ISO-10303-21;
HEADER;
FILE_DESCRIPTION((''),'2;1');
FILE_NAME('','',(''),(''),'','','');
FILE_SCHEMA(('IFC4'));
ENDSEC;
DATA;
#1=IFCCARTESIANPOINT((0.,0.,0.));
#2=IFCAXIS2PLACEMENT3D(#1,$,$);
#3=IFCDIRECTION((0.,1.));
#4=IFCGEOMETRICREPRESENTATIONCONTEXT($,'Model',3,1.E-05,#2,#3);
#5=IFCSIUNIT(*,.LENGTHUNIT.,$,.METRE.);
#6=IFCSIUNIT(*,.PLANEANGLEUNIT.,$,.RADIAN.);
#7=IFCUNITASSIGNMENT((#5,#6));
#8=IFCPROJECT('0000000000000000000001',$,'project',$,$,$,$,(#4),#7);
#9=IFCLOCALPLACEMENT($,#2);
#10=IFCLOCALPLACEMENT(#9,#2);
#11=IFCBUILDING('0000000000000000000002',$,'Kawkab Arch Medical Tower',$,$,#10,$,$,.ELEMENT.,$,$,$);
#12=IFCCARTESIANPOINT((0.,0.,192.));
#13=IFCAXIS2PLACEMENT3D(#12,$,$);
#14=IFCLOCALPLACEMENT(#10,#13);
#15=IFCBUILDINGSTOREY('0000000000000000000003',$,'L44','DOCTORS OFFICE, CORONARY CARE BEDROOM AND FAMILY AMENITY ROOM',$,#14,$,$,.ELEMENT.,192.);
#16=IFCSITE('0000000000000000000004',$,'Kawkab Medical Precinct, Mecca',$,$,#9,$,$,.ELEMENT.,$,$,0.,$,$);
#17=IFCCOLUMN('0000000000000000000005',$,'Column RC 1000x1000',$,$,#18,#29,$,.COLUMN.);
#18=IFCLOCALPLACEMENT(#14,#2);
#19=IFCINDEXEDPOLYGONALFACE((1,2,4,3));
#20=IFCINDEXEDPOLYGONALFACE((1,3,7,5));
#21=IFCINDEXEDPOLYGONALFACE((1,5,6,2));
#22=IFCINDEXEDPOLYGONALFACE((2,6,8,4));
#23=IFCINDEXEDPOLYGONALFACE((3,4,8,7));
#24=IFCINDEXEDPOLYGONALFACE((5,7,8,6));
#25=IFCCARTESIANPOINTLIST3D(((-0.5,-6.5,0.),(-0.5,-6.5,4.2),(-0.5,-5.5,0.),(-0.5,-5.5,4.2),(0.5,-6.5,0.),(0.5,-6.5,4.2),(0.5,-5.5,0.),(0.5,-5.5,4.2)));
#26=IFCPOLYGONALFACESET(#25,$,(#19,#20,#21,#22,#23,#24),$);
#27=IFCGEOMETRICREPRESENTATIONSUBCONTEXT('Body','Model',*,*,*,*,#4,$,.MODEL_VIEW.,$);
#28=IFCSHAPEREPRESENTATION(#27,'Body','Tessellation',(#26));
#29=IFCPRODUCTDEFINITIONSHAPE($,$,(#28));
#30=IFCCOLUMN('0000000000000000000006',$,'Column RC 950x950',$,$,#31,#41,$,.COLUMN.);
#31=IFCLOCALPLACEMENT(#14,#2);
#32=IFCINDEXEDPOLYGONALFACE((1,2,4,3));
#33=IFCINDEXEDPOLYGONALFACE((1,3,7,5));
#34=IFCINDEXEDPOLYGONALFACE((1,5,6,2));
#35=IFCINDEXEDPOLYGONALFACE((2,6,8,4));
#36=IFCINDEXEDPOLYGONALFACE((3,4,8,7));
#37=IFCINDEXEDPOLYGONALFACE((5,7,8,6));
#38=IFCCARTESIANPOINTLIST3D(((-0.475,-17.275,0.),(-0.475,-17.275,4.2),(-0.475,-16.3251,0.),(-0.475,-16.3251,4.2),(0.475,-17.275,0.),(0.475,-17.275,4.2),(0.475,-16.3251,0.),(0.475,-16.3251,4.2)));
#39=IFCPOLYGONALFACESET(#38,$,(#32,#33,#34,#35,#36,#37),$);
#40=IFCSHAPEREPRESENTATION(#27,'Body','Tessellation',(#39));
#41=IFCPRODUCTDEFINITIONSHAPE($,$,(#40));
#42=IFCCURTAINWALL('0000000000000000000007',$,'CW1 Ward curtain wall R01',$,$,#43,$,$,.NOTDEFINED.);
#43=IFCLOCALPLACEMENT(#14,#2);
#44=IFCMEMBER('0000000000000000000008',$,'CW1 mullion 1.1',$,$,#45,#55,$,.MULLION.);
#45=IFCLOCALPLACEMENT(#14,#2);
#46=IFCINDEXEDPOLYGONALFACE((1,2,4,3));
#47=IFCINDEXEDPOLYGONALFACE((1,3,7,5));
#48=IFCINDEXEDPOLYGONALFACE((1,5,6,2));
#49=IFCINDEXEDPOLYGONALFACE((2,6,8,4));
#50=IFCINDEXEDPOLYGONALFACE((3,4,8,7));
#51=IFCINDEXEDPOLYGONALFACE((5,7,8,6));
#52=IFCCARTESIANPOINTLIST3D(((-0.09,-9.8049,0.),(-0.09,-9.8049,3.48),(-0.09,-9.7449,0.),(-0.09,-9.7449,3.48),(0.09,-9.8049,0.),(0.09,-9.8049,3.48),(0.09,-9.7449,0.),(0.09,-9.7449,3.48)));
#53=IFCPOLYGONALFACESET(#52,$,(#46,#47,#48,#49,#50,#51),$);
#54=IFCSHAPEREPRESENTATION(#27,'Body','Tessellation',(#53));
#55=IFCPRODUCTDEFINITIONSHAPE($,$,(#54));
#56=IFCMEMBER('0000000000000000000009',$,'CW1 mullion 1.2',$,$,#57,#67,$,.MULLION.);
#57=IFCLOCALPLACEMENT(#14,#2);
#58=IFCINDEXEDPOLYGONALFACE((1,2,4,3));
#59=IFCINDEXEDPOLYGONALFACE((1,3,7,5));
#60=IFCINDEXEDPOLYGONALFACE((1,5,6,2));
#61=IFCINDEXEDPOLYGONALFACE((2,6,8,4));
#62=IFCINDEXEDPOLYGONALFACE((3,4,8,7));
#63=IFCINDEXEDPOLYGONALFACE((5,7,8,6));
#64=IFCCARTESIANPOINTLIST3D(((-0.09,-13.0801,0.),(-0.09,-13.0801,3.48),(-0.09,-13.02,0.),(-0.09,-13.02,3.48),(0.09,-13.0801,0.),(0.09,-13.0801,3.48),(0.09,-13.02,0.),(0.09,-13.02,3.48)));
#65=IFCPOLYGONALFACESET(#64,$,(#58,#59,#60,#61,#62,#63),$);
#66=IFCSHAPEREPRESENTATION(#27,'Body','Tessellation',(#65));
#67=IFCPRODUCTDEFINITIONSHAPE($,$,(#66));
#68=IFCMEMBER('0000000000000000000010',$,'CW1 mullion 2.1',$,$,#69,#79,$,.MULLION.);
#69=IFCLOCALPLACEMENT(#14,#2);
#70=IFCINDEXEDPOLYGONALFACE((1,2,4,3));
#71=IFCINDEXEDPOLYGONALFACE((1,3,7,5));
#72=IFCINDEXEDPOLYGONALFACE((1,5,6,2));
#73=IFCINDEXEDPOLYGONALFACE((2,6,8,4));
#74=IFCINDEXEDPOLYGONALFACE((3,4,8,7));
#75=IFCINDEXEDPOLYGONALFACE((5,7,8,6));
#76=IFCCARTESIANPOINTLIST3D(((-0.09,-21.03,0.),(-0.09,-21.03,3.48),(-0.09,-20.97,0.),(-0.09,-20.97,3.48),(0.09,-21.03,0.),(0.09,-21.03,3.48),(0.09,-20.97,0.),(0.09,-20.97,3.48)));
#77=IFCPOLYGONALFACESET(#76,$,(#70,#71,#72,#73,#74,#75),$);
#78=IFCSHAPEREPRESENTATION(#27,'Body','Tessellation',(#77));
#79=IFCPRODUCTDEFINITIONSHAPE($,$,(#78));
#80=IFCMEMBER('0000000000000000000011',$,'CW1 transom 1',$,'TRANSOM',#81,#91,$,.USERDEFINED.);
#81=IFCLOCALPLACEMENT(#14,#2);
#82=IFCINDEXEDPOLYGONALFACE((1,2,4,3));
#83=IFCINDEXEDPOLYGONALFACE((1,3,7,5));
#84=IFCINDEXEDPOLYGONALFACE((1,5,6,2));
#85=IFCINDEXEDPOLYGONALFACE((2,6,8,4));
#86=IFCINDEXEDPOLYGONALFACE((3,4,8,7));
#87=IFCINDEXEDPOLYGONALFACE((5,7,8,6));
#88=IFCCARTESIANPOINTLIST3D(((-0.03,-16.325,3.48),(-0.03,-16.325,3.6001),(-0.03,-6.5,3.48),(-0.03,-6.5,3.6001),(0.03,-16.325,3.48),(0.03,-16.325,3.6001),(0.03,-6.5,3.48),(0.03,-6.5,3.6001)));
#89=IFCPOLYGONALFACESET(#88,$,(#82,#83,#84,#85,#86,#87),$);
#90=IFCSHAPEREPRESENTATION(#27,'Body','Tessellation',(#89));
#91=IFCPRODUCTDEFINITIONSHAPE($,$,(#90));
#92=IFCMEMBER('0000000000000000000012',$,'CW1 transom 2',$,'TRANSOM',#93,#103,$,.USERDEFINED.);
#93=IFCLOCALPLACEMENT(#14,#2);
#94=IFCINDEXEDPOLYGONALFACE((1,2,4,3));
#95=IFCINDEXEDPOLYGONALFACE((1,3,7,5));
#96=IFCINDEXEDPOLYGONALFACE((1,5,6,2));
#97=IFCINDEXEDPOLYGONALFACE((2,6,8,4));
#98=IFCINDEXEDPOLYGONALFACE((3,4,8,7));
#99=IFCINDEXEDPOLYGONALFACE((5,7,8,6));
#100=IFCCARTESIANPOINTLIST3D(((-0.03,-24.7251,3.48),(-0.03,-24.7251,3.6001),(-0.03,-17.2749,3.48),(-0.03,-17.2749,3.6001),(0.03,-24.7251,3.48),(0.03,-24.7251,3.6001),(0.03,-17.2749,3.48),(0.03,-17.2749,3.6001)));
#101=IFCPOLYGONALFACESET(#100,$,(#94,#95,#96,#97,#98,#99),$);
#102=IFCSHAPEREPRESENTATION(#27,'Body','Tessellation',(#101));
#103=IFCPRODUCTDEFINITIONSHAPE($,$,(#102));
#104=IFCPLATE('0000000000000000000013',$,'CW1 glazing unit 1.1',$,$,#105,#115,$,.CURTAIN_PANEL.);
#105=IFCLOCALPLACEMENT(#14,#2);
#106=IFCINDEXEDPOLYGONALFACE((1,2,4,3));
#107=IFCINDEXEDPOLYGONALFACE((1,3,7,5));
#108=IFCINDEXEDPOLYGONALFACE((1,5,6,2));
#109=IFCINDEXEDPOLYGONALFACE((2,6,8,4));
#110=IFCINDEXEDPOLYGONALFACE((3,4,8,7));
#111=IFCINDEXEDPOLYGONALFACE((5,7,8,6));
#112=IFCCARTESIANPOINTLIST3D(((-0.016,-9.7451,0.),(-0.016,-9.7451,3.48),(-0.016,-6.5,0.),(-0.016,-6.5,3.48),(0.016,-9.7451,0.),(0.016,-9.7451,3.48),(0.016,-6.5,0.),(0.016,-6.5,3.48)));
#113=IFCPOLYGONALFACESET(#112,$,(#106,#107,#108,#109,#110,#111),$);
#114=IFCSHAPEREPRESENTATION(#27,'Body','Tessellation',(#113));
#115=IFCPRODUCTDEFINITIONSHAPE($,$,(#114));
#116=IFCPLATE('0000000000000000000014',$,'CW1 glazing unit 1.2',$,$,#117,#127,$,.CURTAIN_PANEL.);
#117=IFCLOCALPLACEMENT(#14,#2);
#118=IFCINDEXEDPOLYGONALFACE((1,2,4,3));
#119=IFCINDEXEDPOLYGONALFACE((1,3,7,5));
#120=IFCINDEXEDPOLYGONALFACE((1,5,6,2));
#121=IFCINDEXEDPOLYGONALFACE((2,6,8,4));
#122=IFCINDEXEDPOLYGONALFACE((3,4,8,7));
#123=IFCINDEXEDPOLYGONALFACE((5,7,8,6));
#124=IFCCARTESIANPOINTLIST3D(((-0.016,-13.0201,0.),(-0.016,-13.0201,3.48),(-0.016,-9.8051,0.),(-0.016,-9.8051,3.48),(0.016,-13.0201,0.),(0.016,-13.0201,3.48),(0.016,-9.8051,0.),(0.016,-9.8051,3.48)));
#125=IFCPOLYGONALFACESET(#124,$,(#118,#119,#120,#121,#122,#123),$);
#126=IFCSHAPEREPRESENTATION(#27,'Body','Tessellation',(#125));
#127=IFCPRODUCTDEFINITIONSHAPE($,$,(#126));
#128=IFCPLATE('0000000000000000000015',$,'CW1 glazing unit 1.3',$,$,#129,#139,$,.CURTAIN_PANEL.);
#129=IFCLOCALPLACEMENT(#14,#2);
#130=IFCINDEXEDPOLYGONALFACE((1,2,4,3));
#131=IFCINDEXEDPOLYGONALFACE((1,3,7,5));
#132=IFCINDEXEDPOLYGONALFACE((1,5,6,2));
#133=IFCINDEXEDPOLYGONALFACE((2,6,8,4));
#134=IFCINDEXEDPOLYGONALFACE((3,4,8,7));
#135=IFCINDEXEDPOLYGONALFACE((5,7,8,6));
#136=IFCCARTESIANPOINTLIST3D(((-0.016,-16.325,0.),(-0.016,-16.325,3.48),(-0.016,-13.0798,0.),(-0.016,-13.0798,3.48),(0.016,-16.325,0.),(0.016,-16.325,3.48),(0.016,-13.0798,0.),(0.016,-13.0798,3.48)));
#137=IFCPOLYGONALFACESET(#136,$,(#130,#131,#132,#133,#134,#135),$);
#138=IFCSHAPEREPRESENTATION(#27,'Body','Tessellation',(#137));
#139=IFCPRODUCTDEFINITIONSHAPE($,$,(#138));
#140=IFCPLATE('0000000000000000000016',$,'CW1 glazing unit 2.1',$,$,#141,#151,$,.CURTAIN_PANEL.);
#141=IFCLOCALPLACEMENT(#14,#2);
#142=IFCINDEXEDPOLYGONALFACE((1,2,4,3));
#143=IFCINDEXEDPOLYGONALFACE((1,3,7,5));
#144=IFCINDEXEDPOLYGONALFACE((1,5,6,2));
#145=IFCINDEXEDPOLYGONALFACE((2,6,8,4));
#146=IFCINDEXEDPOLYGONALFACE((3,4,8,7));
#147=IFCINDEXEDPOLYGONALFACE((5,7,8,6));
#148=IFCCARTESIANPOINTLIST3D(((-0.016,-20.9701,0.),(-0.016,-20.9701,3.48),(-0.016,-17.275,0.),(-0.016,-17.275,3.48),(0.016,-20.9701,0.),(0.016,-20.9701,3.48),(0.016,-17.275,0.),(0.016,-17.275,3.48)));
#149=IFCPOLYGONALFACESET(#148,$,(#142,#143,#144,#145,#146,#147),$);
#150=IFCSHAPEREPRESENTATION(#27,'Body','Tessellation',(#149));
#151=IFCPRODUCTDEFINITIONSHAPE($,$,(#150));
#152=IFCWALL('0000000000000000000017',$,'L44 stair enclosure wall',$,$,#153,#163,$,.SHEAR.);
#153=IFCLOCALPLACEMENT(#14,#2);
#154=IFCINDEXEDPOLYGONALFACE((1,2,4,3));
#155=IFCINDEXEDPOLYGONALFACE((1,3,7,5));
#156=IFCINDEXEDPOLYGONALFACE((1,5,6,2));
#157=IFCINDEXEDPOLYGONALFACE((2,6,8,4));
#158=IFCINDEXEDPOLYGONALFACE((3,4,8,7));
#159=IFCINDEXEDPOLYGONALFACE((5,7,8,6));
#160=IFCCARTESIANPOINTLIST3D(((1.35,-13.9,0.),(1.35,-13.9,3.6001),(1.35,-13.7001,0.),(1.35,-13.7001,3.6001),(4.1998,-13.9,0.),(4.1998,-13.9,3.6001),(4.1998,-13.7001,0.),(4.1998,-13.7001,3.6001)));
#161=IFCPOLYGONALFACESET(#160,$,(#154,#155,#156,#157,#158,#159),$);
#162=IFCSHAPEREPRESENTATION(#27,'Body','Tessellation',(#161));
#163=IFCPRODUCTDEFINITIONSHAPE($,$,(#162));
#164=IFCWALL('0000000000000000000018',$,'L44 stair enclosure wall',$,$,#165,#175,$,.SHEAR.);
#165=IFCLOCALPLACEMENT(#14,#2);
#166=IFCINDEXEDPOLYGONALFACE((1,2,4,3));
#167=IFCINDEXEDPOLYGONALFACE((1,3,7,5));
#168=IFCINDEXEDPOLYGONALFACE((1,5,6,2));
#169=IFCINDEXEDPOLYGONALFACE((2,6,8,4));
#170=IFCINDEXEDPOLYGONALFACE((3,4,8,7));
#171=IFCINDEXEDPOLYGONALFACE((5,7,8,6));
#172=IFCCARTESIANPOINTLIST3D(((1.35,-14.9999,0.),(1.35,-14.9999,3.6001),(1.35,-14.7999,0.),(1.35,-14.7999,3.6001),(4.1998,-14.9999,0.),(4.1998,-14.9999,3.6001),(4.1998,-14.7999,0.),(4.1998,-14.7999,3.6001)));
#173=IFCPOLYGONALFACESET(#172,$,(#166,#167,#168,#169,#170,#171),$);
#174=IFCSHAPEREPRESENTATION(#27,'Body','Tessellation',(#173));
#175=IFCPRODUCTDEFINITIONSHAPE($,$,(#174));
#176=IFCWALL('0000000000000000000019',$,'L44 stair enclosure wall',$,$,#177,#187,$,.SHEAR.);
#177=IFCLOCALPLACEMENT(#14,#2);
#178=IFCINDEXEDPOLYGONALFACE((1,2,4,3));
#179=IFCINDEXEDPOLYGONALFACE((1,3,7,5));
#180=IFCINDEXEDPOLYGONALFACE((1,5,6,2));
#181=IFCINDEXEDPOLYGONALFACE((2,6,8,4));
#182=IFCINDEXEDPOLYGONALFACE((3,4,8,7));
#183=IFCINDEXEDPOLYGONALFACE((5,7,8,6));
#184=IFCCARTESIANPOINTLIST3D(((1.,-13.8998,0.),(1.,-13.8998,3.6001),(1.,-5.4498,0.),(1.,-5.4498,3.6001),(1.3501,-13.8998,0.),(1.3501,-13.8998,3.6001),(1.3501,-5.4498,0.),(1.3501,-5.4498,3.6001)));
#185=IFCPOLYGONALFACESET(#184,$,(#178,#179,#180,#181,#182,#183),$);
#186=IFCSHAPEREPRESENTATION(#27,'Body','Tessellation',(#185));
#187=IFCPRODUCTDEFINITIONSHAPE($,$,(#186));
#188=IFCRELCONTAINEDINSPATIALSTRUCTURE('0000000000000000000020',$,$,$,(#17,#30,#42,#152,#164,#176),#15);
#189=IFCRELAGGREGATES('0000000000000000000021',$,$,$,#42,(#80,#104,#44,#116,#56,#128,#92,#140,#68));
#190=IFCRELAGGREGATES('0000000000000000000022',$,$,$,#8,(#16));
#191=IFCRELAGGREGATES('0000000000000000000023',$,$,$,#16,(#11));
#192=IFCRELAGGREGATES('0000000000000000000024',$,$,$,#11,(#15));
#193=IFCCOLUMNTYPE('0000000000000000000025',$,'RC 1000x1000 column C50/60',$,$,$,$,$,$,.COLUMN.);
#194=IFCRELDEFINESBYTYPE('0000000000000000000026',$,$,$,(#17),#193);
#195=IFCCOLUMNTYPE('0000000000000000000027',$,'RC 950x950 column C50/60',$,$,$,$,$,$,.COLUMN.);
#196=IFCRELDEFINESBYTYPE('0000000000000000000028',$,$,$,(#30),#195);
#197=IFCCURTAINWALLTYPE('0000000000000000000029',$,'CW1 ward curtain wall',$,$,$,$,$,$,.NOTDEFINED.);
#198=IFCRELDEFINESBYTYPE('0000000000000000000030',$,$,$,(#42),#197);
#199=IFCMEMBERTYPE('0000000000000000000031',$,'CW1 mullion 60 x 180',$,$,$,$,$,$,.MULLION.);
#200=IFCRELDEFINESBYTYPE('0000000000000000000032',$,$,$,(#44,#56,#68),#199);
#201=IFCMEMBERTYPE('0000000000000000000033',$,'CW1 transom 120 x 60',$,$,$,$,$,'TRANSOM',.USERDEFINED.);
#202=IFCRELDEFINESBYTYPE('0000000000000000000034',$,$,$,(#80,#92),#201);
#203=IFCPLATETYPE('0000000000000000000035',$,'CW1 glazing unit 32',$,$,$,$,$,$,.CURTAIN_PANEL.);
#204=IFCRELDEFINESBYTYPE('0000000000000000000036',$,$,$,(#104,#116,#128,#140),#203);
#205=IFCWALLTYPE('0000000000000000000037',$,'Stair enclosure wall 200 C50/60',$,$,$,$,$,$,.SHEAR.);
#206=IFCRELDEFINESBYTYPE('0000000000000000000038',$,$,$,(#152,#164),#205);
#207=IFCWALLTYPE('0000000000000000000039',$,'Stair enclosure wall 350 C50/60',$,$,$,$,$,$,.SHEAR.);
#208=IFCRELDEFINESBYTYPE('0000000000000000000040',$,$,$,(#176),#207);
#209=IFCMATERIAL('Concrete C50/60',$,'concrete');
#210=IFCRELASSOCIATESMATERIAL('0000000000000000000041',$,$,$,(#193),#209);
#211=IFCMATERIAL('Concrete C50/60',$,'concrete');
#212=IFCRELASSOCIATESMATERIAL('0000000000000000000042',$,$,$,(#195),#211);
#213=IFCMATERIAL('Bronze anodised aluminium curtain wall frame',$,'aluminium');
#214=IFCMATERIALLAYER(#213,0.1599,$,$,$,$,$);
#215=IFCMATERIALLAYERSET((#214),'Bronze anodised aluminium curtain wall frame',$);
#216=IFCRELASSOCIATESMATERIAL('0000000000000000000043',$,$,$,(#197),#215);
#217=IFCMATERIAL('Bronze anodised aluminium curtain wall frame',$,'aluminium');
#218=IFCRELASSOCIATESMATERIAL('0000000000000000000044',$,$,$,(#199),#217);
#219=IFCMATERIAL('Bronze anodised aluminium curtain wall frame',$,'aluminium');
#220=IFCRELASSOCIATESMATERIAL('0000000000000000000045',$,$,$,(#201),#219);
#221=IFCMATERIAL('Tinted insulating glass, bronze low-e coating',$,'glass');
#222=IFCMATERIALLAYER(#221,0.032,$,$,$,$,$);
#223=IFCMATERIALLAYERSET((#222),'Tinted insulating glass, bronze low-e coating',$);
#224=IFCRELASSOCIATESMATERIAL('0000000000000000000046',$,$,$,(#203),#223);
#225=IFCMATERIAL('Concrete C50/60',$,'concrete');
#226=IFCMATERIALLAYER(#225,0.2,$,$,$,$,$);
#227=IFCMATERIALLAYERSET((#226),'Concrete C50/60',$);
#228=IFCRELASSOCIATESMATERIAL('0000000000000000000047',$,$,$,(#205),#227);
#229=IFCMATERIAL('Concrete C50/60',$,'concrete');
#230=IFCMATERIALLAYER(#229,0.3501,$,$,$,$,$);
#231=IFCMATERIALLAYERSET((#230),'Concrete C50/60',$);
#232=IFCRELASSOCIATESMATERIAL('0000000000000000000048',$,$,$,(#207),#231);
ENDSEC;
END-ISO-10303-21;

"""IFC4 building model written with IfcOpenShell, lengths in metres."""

from ifc_helpers import new_model, si_unit, direction, frame, frame_2d, origin, origin_2d, place, context, subcontext, project, spatial, rectangle, extrude, material, layer, layer_set, material_profile, profile_set, type_object, element, aggregate, save


model = new_model("IFC4")

# Units and contexts
model_context = context("Model", 3, precision=1e-05, world=origin(), true_north=direction((0.0, 1.0)))
body_context = subcontext(model_context, "Body", "Model", "MODEL_VIEW")
ifc_project = project(units=[si_unit("LENGTHUNIT", "METRE"), si_unit("PLANEANGLEUNIT", "RADIAN")], contexts=[model_context])

# Site, building, storey
site_placement = place(None, origin())
site = spatial("IfcSite", under=ifc_project, at=site_placement, Name="Kawkab Medical Precinct, Mecca", CompositionType="ELEMENT", RefElevation=0.0)
building_placement = place(site_placement, origin())
building = spatial("IfcBuilding", under=site, at=building_placement, Name="Kawkab Arch Medical Tower", CompositionType="ELEMENT")
storey_placement = place(building_placement, frame((0.0, 0.0, 192.0)))
storey = spatial("IfcBuildingStorey", under=building, at=storey_placement, Name="L44", Description="DOCTORS OFFICE, CORONARY CARE BEDROOM AND FAMILY AMENITY ROOM", CompositionType="ELEMENT", Elevation=192.0)

# Columns
ifc_material_1 = material(Name="Concrete C50/60", Category="concrete")
ifc_material_profile_1 = material_profile(ifc_material_1, rectangle(XDim=1.0, YDim=1.0, at=origin_2d()), Name="RC 1000x1000")
ifc_profile_set_1 = profile_set([ifc_material_profile_1], Name="Concrete C50/60")
column_type_1 = type_object("IfcColumnType", Name="RC 1000x1000 column C50/60", PredefinedType="COLUMN", material=ifc_profile_set_1)
column_1_placement = place(storey_placement, frame((0.0, -6.0, 0.0), z_axis=(0.0, 0.0, 1.0), x_axis=(1.0, 0.0, 0.0)))
element("IfcColumn", 1, at=column_1_placement, inside=storey, type_object=column_type_1, Name="Column RC 1000x1000", PredefinedType="COLUMN", context=body_context, shape_type="SweptSolid", body=[
    extrude(rectangle(XDim=1.0, YDim=1.0, at=origin_2d()), origin(), (0.0, 0.0, 1.0), 4.2),
])
ifc_material_2 = material(Name="Concrete C50/60", Category="concrete")
ifc_material_profile_2 = material_profile(ifc_material_2, rectangle(XDim=0.95, YDim=0.95, at=origin_2d()), Name="RC 950x950")
ifc_profile_set_2 = profile_set([ifc_material_profile_2], Name="Concrete C50/60")
column_type_2 = type_object("IfcColumnType", Name="RC 950x950 column C50/60", PredefinedType="COLUMN", material=ifc_profile_set_2)
column_2_placement = place(storey_placement, frame((0.0, -16.8, 0.0), z_axis=(0.0, 0.0, 1.0), x_axis=(1.0, 0.0, 0.0)))
element("IfcColumn", 2, at=column_2_placement, inside=storey, type_object=column_type_2, Name="Column RC 950x950", PredefinedType="COLUMN", context=body_context, shape_type="SweptSolid", body=[
    extrude(rectangle(XDim=0.95, YDim=0.95, at=origin_2d()), origin(), (0.0, 0.0, 1.0), 4.2),
])

# Curtain wall, members, plates
ifc_material_3 = material(Name="Bronze anodised aluminium curtain wall frame", Category="aluminium")
ifc_layer_1 = layer(ifc_material_3, 0.1599)
ifc_layer_set_1 = layer_set([ifc_layer_1], Name="Bronze anodised aluminium curtain wall frame")
curtain_wall_type = type_object("IfcCurtainWallType", Name="CW1 ward curtain wall", PredefinedType="NOTDEFINED", material=ifc_layer_set_1)
placement = place(storey_placement, origin())
curtain_wall = element("IfcCurtainWall", 3, at=placement, inside=storey, type_object=curtain_wall_type, Name="CW1 Ward curtain wall R01", PredefinedType="NOTDEFINED")
ifc_material_4 = material(Name="Bronze anodised aluminium curtain wall frame", Category="aluminium")
ifc_material_profile_3 = material_profile(ifc_material_4, rectangle(XDim=0.1799, YDim=0.0601, at=origin_2d()), Name="AL 60x180")
ifc_profile_set_3 = profile_set([ifc_material_profile_3], Name="Bronze anodised aluminium curtain wall frame")
member_type_1 = type_object("IfcMemberType", Name="CW1 mullion 60 x 180", PredefinedType="MULLION", material=ifc_profile_set_3)
member_1_placement = place(storey_placement, frame((0.0, -9.7749, 0.0), z_axis=(0.0, 0.0, 1.0), x_axis=(1.0, 0.0, 0.0)))
member_1 = element("IfcMember", 4, at=member_1_placement, type_object=member_type_1, Name="CW1 mullion 1.1", PredefinedType="MULLION", context=body_context, shape_type="SweptSolid", body=[
    extrude(rectangle(XDim=0.1799, YDim=0.0601, at=origin_2d()), origin(), (0.0, 0.0, 1.0), 3.48),
])
member_2_placement = place(storey_placement, frame((0.0, -13.05, 0.0), z_axis=(0.0, 0.0, 1.0), x_axis=(1.0, 0.0, 0.0)))
member_2 = element("IfcMember", 5, at=member_2_placement, type_object=member_type_1, Name="CW1 mullion 1.2", PredefinedType="MULLION", context=body_context, shape_type="SweptSolid", body=[
    extrude(rectangle(XDim=0.1799, YDim=0.0601, at=origin_2d()), origin(), (0.0, 0.0, 1.0), 3.48),
])
member_3_placement = place(storey_placement, frame((0.0, -21.0, 0.0), z_axis=(0.0, 0.0, 1.0), x_axis=(1.0, 0.0, 0.0)))
member_3 = element("IfcMember", 6, at=member_3_placement, type_object=member_type_1, Name="CW1 mullion 2.1", PredefinedType="MULLION", context=body_context, shape_type="SweptSolid", body=[
    extrude(rectangle(XDim=0.1799, YDim=0.0601, at=origin_2d()), origin(), (0.0, 0.0, 1.0), 3.48),
])
ifc_material_5 = material(Name="Bronze anodised aluminium curtain wall frame", Category="aluminium")
ifc_material_profile_4 = material_profile(ifc_material_5, rectangle(XDim=0.0601, YDim=0.1201, at=origin_2d()), Name="AL 60x120")
ifc_profile_set_4 = profile_set([ifc_material_profile_4], Name="Bronze anodised aluminium curtain wall frame")
member_type_2 = type_object("IfcMemberType", Name="CW1 transom 120 x 60", ElementType="TRANSOM", PredefinedType="USERDEFINED", material=ifc_profile_set_4)
member_4_placement = place(storey_placement, frame((0.0, -6.5, 3.54), z_axis=(0.0, -1.0, 0.0), x_axis=(1.0, 0.0, 0.0)))
member_4 = element("IfcMember", 7, at=member_4_placement, type_object=member_type_2, Name="CW1 transom 1", ObjectType="TRANSOM", PredefinedType="USERDEFINED", context=body_context, shape_type="SweptSolid", body=[
    extrude(rectangle(XDim=0.0601, YDim=0.1201, at=origin_2d()), origin(), (0.0, 0.0, 1.0), 9.825),
])
member_5_placement = place(storey_placement, frame((0.0, -17.2749, 3.54), z_axis=(0.0, -1.0, 0.0), x_axis=(1.0, 0.0, 0.0)))
member_5 = element("IfcMember", 8, at=member_5_placement, type_object=member_type_2, Name="CW1 transom 2", ObjectType="TRANSOM", PredefinedType="USERDEFINED", context=body_context, shape_type="SweptSolid", body=[
    extrude(rectangle(XDim=0.0601, YDim=0.1201, at=origin_2d()), origin(), (0.0, 0.0, 1.0), 7.4502),
])
ifc_material_6 = material(Name="Tinted insulating glass, bronze low-e coating", Category="glass")
ifc_layer_2 = layer(ifc_material_6, 0.032)
ifc_layer_set_2 = layer_set([ifc_layer_2], Name="Tinted insulating glass, bronze low-e coating")
plate_type = type_object("IfcPlateType", Name="CW1 glazing unit 32", PredefinedType="CURTAIN_PANEL", material=ifc_layer_set_2)
plate_1_placement = place(storey_placement, frame((0.0, -8.1226, 0.0), z_axis=(0.0, 0.0, 1.0), x_axis=(0.0, -1.0, 0.0)))
plate_1 = element("IfcPlate", 9, at=plate_1_placement, type_object=plate_type, Name="CW1 glazing unit 1.1", PredefinedType="CURTAIN_PANEL", context=body_context, shape_type="SweptSolid", body=[
    extrude(rectangle(XDim=3.2451, YDim=0.032, at=origin_2d()), origin(), (0.0, 0.0, 1.0), 3.48),
])
plate_2_placement = place(storey_placement, frame((0.0, -11.4126, 0.0), z_axis=(0.0, 0.0, 1.0), x_axis=(0.0, -1.0, 0.0)))
plate_2 = element("IfcPlate", 10, at=plate_2_placement, type_object=plate_type, Name="CW1 glazing unit 1.2", PredefinedType="CURTAIN_PANEL", context=body_context, shape_type="SweptSolid", body=[
    extrude(rectangle(XDim=3.2151, YDim=0.032, at=origin_2d()), origin(), (0.0, 0.0, 1.0), 3.48),
])
plate_3_placement = place(storey_placement, frame((0.0, -14.7024, 0.0), z_axis=(0.0, 0.0, 1.0), x_axis=(0.0, -1.0, 0.0)))
plate_3 = element("IfcPlate", 11, at=plate_3_placement, type_object=plate_type, Name="CW1 glazing unit 1.3", PredefinedType="CURTAIN_PANEL", context=body_context, shape_type="SweptSolid", body=[
    extrude(rectangle(XDim=3.2451, YDim=0.032, at=origin_2d()), origin(), (0.0, 0.0, 1.0), 3.48),
])
plate_4_placement = place(storey_placement, frame((0.0, -19.1226, 0.0), z_axis=(0.0, 0.0, 1.0), x_axis=(0.0, -1.0, 0.0)))
plate_4 = element("IfcPlate", 12, at=plate_4_placement, type_object=plate_type, Name="CW1 glazing unit 2.1", PredefinedType="CURTAIN_PANEL", context=body_context, shape_type="SweptSolid", body=[
    extrude(rectangle(XDim=3.6951, YDim=0.032, at=origin_2d()), origin(), (0.0, 0.0, 1.0), 3.48),
])
aggregate(curtain_wall, [member_4, plate_1, member_1, plate_2, member_2, plate_3, member_5, plate_4, member_3])

# Walls
ifc_material_7 = material(Name="Concrete C50/60", Category="concrete")
ifc_layer_3 = layer(ifc_material_7, 0.2)
ifc_layer_set_3 = layer_set([ifc_layer_3], Name="Concrete C50/60")
wall_type_1 = type_object("IfcWallType", Name="Stair enclosure wall 200 C50/60", PredefinedType="SHEAR", material=ifc_layer_set_3)
for number, where, z_axis, x_axis, name in (
    (13, (1.3501, -13.8, 0.0), (0.0, 0.0, 1.0), (1.0, 0.0, 0.0), "L44 stair enclosure wall"),
    (14, (1.3501, -14.8999, 0.0), (0.0, 0.0, 1.0), (1.0, 0.0, 0.0), "L44 stair enclosure wall"),
):
    element("IfcWall", number, at=place(storey_placement, frame(where, z_axis=z_axis, x_axis=x_axis)), inside=storey, type_object=wall_type_1, Name=name, PredefinedType="SHEAR", context=body_context, shape_type="SweptSolid", body=[
        extrude(rectangle(XDim=2.8499, YDim=0.2, at=frame_2d((1.4248, 0.0))), origin(), (0.0, 0.0, 1.0), 3.6001),
    ])
ifc_material_8 = material(Name="Concrete C50/60", Category="concrete")
ifc_layer_4 = layer(ifc_material_8, 0.3501)
ifc_layer_set_4 = layer_set([ifc_layer_4], Name="Concrete C50/60")
wall_type_2 = type_object("IfcWallType", Name="Stair enclosure wall 350 C50/60", PredefinedType="SHEAR", material=ifc_layer_set_4)
wall_placement = place(storey_placement, frame((1.175, -13.8999, 0.0), z_axis=(0.0, 0.0, 1.0), x_axis=(0.0, 1.0, 0.0)))
element("IfcWall", 15, at=wall_placement, inside=storey, type_object=wall_type_2, Name="L44 stair enclosure wall", PredefinedType="SHEAR", context=body_context, shape_type="SweptSolid", body=[
    extrude(rectangle(XDim=8.45, YDim=0.3501, at=frame_2d((4.2251, 0.0))), origin(), (0.0, 0.0, 1.0), 3.6001),
])

save(model, "model.ifc")
